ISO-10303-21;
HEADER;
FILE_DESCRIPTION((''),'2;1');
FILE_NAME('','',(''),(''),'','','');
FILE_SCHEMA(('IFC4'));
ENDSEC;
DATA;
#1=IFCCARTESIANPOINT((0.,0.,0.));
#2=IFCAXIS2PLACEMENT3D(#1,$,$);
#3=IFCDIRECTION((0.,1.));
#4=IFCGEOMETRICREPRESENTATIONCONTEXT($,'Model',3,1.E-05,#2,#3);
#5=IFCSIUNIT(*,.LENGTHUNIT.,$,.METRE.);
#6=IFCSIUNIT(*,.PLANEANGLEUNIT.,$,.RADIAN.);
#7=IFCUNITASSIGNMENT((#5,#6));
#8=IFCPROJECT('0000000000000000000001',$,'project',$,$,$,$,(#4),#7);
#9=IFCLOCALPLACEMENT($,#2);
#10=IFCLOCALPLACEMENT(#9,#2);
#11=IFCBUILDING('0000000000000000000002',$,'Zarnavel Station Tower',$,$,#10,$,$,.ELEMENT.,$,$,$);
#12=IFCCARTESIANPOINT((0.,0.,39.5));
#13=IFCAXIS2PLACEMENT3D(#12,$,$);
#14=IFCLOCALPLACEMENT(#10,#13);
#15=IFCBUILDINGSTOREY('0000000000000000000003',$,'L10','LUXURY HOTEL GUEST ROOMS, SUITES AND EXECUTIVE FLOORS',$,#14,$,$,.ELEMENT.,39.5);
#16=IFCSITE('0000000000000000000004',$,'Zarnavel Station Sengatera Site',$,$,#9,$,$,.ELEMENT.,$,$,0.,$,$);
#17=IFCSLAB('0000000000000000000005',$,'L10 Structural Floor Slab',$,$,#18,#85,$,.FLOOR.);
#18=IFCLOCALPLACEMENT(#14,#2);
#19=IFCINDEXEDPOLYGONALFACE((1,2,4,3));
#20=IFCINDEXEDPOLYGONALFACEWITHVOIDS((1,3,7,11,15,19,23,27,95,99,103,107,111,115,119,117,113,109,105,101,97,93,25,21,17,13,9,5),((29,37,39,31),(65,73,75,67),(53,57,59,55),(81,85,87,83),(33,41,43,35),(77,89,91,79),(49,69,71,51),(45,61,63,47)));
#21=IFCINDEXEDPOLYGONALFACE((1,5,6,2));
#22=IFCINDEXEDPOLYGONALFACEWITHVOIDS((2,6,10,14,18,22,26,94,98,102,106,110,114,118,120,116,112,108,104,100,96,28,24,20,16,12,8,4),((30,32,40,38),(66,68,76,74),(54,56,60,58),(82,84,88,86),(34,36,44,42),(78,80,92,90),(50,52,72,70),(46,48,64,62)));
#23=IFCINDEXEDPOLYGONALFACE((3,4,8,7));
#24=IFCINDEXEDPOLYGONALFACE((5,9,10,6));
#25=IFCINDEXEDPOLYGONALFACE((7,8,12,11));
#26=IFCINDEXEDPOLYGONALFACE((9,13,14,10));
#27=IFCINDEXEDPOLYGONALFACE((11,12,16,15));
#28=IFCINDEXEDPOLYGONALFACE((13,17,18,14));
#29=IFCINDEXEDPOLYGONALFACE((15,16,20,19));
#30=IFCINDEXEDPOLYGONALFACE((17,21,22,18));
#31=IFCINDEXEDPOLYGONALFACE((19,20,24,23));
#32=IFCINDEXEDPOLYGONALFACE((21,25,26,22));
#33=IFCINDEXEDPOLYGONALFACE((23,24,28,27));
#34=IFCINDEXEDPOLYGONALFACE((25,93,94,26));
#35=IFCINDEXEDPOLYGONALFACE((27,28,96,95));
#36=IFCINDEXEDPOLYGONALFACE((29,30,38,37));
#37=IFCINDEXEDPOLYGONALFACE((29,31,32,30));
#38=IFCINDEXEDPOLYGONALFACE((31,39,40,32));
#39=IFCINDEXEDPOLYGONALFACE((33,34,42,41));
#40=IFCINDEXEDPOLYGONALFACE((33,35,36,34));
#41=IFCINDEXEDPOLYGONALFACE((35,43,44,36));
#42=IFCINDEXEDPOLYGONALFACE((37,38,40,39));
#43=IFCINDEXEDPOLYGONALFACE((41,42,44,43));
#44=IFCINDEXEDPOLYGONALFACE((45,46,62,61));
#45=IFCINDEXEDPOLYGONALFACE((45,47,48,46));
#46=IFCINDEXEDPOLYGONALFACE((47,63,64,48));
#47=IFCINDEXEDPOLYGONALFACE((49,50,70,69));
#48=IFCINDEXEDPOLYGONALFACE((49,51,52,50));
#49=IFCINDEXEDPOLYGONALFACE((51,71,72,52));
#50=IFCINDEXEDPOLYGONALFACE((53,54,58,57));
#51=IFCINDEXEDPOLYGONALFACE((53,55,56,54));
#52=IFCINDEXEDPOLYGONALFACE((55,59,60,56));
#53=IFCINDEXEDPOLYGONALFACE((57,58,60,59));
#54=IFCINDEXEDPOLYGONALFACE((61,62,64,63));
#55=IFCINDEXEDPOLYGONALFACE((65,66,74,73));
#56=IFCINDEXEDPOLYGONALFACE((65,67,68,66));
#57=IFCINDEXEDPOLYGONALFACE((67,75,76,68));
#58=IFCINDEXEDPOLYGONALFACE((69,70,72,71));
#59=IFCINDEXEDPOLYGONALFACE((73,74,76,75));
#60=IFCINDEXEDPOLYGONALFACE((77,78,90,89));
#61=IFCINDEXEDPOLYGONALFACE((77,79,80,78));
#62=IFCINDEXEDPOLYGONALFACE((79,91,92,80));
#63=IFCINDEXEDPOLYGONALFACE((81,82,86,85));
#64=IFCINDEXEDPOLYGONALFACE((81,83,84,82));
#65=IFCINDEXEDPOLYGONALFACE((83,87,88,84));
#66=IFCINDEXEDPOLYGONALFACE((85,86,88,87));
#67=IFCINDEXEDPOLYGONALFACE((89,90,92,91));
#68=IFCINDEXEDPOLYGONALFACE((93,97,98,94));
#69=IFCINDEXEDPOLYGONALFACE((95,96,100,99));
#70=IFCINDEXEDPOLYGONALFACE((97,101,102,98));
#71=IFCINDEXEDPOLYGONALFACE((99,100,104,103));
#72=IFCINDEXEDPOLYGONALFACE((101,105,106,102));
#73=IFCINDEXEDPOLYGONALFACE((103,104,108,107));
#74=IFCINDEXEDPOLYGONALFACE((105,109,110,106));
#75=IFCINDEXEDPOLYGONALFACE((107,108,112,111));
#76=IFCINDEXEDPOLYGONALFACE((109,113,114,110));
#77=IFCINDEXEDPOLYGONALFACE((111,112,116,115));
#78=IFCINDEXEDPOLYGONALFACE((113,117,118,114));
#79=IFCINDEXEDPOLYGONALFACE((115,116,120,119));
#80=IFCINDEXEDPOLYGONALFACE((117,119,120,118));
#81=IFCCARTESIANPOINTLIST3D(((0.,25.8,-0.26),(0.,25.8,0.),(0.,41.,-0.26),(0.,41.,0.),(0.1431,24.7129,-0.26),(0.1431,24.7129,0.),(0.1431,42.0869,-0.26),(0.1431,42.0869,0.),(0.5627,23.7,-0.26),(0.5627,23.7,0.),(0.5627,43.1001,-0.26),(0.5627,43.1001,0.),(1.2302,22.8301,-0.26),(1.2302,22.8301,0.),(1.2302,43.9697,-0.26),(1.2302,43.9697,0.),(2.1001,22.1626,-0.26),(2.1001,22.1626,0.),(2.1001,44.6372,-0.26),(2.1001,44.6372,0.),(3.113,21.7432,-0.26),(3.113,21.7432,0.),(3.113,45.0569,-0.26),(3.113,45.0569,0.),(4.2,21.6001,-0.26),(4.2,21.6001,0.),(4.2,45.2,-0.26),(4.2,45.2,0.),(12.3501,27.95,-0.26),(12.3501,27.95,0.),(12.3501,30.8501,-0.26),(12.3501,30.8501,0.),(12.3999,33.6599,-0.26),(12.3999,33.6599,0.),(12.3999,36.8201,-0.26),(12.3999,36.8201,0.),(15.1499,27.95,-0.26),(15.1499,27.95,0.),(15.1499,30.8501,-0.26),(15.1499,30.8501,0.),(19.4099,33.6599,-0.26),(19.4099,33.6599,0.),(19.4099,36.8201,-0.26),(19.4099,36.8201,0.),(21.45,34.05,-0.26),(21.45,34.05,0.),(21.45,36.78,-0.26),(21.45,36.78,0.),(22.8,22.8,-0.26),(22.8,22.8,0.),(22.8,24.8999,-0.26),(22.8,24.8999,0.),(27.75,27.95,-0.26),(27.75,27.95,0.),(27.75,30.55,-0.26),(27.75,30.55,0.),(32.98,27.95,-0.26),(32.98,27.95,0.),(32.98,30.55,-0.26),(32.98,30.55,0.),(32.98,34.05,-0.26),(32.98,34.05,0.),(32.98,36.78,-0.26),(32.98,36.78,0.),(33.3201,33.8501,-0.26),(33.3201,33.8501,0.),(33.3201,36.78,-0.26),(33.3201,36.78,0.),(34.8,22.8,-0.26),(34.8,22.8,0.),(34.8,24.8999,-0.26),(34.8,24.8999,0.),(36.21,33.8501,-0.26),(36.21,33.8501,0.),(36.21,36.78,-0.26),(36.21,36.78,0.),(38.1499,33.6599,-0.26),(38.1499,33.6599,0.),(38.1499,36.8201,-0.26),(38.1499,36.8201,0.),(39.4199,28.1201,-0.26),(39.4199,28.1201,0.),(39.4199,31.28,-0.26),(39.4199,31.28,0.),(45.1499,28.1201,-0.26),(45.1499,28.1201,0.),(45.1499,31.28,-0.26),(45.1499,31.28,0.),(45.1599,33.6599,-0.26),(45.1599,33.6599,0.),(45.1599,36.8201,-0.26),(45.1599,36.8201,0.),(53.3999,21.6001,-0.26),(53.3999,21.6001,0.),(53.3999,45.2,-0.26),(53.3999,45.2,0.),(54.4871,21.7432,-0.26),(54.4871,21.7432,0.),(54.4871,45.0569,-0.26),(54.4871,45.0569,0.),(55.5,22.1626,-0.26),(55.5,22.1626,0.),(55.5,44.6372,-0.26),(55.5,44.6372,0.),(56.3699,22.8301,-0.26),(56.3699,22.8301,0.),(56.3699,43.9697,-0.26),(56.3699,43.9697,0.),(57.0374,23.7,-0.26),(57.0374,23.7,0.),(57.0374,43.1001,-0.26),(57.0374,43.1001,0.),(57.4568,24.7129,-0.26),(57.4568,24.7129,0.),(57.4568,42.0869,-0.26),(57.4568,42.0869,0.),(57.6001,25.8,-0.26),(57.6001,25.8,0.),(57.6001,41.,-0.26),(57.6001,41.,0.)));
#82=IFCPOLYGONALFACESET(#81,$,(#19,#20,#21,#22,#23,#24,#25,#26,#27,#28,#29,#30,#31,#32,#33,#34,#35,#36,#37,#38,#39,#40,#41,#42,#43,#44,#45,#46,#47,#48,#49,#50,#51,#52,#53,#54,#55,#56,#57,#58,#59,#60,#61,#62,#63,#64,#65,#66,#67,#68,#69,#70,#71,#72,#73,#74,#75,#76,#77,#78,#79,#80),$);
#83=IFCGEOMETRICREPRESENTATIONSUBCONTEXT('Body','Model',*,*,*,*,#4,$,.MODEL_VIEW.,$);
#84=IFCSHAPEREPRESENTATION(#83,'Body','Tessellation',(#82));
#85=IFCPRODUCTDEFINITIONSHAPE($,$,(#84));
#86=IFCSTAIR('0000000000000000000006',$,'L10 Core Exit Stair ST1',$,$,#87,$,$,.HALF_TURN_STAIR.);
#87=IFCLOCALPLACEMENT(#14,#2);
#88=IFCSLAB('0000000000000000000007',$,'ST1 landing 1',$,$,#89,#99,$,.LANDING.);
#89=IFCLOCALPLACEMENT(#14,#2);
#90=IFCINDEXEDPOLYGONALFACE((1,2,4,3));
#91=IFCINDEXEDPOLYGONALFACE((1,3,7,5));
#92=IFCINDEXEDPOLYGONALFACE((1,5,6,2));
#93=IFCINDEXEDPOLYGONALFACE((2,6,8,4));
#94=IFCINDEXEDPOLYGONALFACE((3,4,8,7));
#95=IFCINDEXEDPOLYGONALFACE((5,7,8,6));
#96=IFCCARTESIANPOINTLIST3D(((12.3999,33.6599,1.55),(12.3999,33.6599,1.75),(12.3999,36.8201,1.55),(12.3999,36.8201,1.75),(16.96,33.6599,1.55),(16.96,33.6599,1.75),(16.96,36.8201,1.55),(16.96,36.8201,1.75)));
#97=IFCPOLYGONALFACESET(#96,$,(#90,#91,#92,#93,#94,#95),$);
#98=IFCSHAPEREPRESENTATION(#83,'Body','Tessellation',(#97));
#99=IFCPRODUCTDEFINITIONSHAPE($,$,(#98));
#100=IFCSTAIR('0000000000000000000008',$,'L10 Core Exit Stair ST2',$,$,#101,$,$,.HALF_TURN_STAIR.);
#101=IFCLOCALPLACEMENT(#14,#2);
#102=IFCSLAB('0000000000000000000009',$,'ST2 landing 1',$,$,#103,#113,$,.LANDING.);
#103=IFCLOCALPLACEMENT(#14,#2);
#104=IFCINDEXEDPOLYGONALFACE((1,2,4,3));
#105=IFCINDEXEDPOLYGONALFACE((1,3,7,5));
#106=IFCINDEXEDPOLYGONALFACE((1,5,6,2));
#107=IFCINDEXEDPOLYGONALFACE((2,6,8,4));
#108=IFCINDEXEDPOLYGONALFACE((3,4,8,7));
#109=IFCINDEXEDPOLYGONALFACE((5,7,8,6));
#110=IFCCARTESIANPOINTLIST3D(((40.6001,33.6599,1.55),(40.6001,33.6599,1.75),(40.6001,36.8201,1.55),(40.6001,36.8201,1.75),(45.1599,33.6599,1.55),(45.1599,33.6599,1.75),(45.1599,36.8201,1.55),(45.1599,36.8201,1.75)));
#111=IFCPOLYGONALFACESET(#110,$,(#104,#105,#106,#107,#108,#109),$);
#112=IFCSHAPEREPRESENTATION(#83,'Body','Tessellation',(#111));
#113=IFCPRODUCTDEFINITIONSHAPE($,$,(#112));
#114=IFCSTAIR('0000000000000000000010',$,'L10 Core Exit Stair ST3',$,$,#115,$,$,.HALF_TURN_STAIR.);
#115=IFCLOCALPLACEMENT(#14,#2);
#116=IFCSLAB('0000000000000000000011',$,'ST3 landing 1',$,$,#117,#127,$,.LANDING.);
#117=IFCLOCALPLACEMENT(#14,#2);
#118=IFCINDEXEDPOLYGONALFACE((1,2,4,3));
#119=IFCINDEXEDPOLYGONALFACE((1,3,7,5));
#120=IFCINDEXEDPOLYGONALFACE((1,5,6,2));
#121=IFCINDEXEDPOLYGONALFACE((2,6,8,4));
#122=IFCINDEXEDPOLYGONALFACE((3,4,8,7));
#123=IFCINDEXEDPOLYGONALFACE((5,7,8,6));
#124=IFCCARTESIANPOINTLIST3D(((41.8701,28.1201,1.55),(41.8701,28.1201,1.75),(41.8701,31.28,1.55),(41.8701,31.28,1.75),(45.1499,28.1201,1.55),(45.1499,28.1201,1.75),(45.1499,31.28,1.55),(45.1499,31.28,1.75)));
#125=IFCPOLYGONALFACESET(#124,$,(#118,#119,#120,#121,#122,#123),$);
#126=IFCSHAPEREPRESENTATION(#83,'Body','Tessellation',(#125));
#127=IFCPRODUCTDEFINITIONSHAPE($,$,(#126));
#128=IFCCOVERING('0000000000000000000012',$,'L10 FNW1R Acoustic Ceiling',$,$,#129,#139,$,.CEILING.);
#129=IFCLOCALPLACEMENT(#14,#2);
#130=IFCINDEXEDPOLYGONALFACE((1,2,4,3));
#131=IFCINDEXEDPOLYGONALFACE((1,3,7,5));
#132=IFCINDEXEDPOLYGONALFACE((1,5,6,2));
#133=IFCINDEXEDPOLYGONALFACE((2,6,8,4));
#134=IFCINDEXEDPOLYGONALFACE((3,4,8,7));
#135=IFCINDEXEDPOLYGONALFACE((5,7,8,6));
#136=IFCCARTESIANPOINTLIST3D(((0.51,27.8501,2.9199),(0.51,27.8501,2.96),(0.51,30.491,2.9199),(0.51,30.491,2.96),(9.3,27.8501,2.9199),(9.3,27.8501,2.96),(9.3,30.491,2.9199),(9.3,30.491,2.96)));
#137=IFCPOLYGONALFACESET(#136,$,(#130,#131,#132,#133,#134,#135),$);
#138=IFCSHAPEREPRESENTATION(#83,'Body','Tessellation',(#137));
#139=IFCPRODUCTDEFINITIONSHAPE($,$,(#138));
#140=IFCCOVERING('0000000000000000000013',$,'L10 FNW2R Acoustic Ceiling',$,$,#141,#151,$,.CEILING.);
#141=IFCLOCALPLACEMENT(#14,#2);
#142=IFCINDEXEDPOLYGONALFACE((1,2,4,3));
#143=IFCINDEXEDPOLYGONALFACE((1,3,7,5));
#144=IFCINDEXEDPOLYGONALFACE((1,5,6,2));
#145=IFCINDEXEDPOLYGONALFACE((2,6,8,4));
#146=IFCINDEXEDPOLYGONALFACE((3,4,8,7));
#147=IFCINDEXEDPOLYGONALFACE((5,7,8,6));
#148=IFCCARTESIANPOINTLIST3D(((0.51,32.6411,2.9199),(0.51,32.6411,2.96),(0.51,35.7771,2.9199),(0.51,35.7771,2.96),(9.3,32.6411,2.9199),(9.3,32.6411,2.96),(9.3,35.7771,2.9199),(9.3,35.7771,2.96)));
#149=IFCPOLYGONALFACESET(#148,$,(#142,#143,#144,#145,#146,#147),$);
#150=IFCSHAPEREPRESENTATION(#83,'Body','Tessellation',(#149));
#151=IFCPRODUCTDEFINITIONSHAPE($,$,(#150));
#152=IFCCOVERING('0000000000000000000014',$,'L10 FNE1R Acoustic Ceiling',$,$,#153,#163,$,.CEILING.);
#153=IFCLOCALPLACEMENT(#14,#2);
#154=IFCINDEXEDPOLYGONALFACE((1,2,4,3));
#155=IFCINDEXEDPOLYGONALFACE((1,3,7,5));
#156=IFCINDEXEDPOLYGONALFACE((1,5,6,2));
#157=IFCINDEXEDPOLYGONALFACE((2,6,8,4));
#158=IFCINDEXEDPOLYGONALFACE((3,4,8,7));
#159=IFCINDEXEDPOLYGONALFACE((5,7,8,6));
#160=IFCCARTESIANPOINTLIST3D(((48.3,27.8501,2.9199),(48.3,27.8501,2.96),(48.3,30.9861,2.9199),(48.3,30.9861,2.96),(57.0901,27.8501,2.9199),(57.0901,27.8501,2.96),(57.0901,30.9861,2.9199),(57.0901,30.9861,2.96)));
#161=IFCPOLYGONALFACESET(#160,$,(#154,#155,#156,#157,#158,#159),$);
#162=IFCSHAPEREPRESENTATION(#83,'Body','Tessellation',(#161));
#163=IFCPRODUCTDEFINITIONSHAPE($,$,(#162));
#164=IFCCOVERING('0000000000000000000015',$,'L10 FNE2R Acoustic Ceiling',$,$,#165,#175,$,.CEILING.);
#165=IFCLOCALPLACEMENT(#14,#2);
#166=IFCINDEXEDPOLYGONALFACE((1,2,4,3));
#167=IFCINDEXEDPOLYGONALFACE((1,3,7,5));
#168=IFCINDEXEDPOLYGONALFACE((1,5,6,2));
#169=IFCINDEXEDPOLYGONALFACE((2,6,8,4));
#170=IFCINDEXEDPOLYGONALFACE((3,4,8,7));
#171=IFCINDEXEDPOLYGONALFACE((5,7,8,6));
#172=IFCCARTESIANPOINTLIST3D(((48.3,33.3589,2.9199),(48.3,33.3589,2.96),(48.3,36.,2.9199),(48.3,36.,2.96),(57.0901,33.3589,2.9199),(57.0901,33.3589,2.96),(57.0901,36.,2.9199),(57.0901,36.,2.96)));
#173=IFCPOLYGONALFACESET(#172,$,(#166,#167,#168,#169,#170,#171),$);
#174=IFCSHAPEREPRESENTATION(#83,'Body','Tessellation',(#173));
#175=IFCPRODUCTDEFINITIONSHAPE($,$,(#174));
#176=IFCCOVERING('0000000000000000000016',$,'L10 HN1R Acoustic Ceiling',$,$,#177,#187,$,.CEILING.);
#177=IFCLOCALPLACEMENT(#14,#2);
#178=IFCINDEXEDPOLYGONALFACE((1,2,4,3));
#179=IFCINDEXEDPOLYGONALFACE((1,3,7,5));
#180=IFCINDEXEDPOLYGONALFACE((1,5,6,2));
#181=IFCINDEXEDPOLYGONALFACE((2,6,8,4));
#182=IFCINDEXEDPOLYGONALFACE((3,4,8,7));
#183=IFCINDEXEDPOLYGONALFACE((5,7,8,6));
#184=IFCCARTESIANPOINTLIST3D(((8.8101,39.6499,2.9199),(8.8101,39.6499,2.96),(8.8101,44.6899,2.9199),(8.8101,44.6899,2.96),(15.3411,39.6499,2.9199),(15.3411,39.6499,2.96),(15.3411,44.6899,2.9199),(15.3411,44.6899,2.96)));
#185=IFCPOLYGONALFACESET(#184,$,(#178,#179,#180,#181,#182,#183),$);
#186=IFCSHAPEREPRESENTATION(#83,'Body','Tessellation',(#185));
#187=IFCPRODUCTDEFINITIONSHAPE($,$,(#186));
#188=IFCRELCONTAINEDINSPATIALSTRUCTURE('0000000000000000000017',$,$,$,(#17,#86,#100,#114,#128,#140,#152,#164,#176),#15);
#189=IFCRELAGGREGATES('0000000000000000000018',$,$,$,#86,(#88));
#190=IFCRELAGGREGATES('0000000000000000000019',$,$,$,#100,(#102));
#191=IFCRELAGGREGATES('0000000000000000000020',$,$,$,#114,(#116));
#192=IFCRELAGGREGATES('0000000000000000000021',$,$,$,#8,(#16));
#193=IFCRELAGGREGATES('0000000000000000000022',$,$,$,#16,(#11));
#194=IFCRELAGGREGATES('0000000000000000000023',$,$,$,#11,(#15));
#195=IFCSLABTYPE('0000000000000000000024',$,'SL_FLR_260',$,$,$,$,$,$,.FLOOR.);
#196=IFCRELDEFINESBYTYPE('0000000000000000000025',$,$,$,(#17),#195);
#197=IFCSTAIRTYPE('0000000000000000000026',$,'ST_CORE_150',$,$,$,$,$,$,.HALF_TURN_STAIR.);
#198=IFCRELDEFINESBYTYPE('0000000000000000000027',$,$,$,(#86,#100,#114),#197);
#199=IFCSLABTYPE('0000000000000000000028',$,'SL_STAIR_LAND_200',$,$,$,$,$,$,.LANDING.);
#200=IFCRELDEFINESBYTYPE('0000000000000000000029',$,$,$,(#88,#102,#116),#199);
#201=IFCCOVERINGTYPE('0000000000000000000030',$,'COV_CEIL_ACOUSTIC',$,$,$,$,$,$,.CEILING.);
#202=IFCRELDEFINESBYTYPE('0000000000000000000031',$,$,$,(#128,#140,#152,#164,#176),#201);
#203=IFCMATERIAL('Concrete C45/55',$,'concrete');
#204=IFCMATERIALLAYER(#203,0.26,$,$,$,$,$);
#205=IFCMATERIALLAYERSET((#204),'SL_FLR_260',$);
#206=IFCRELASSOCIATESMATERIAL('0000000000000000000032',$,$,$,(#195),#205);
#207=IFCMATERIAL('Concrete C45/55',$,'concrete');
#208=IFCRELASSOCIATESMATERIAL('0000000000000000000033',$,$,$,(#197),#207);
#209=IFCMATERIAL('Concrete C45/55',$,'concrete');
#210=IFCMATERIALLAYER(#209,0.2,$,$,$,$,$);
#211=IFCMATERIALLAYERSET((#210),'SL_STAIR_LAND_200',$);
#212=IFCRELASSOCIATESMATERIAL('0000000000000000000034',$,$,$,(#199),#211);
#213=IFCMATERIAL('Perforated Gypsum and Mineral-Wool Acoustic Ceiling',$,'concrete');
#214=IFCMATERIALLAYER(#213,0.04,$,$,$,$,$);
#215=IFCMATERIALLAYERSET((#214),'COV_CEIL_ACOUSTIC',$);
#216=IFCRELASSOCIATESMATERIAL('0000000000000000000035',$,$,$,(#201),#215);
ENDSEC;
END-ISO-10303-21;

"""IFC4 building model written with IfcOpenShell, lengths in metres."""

from ifc_helpers import new_model, si_unit, direction, frame, origin, place, context, subcontext, project, spatial, polyline, outline, extrude, material, layer, layer_set, type_object, element, aggregate, save


model = new_model("IFC4")

# Units and contexts
model_context = context("Model", 3, precision=1e-05, world=origin(), true_north=direction((0.0, 1.0)))
body_context = subcontext(model_context, "Body", "Model", "MODEL_VIEW")
ifc_project = project(units=[si_unit("LENGTHUNIT", "METRE"), si_unit("PLANEANGLEUNIT", "RADIAN")], contexts=[model_context])

# Site, building, storey
site_placement = place(None, origin())
site = spatial("IfcSite", under=ifc_project, at=site_placement, Name="Zarnavel Station Sengatera Site", CompositionType="ELEMENT", RefElevation=0.0)
building_placement = place(site_placement, origin())
building = spatial("IfcBuilding", under=site, at=building_placement, Name="Zarnavel Station Tower", CompositionType="ELEMENT")
storey_placement = place(building_placement, frame((0.0, 0.0, 39.5)))
storey = spatial("IfcBuildingStorey", under=building, at=storey_placement, Name="L10", Description="LUXURY HOTEL GUEST ROOMS, SUITES AND EXECUTIVE FLOORS", CompositionType="ELEMENT", Elevation=39.5)

# Slab
ifc_material_1 = material(Name="Concrete C45/55", Category="concrete")
ifc_layer_1 = layer(ifc_material_1, 0.26)
ifc_layer_set_1 = layer_set([ifc_layer_1], Name="SL_FLR_260")
slab_type_1 = type_object("IfcSlabType", Name="SL_FLR_260", PredefinedType="FLOOR", material=ifc_layer_set_1)
slab_1_placement = place(storey_placement, frame((0.0, 0.0, -0.26)))
element("IfcSlab", 1, at=slab_1_placement, inside=storey, type_object=slab_type_1, Name="L10 Structural Floor Slab", PredefinedType="FLOOR", context=body_context, shape_type="SweptSolid", body=[
    extrude(outline(polyline([(53.3999, 21.6001), (54.4871, 21.7432), (55.5, 22.1626), (56.3699, 22.8301), (57.0374, 23.7), (57.4568, 24.7129), (57.6001, 25.8), (57.6001, 41.0), (57.4568, 42.0869), (57.0374, 43.1001), (56.3699, 43.9697), (55.5, 44.6372), (54.4871, 45.0569), (53.3999, 45.2), (4.2, 45.2), (3.113, 45.0569), (2.1001, 44.6372), (1.2302, 43.9697), (0.5627, 43.1001), (0.1431, 42.0869), (0.0, 41.0), (0.0, 25.8), (0.1431, 24.7129), (0.5627, 23.7), (1.2302, 22.8301), (2.1001, 22.1626), (3.113, 21.7432), (4.2, 21.6001), (53.3999, 21.6001)]), holes=[polyline([(12.3999, 33.6599), (19.4099, 33.6599), (19.4099, 36.8201), (12.3999, 36.8201), (12.3999, 33.6599)]), polyline([(38.1499, 33.6599), (45.1599, 33.6599), (45.1599, 36.8201), (38.1499, 36.8201), (38.1499, 33.6599)]), polyline([(39.4199, 28.1201), (45.1499, 28.1201), (45.1499, 31.28), (39.4199, 31.28), (39.4199, 28.1201)]), polyline([(12.3501, 27.95), (15.1499, 27.95), (15.1499, 30.8501), (12.3501, 30.8501), (12.3501, 27.95)]), polyline([(33.3201, 33.8501), (36.21, 33.8501), (36.21, 36.78), (33.3201, 36.78), (33.3201, 33.8501)]), polyline([(21.45, 34.05), (32.98, 34.05), (32.98, 36.78), (21.45, 36.78), (21.45, 34.05)]), polyline([(27.75, 27.95), (32.98, 27.95), (32.98, 30.55), (27.75, 30.55), (27.75, 27.95)]), polyline([(22.8, 22.8), (34.8, 22.8), (34.8, 24.8999), (22.8, 24.8999), (22.8, 22.8)])]), origin(), (0.0, 0.0, 1.0), 0.26),
])

# Stairs, slabs
ifc_material_2 = material(Name="Concrete C45/55", Category="concrete")
stair_type = type_object("IfcStairType", Name="ST_CORE_150", PredefinedType="HALF_TURN_STAIR", material=ifc_material_2)
stair_1_placement = place(storey_placement, origin())
stair_1 = element("IfcStair", 2, at=stair_1_placement, inside=storey, type_object=stair_type, Name="L10 Core Exit Stair ST1", PredefinedType="HALF_TURN_STAIR")
ifc_material_3 = material(Name="Concrete C45/55", Category="concrete")
ifc_layer_2 = layer(ifc_material_3, 0.2)
ifc_layer_set_2 = layer_set([ifc_layer_2], Name="SL_STAIR_LAND_200")
slab_type_2 = type_object("IfcSlabType", Name="SL_STAIR_LAND_200", PredefinedType="LANDING", material=ifc_layer_set_2)
slab_2_placement = place(storey_placement, frame((0.0, 0.0, 1.55)))
slab_2 = element("IfcSlab", 3, at=slab_2_placement, type_object=slab_type_2, Name="ST1 landing 1", PredefinedType="LANDING", context=body_context, shape_type="SweptSolid", body=[
    extrude(outline(polyline([(16.96, 36.8201), (12.3999, 36.8201), (12.3999, 33.6599), (16.96, 33.6599), (16.96, 36.8201)])), origin(), (0.0, 0.0, 1.0), 0.2),
])
aggregate(stair_1, [slab_2])
stair_2_placement = place(storey_placement, origin())
stair_2 = element("IfcStair", 4, at=stair_2_placement, inside=storey, type_object=stair_type, Name="L10 Core Exit Stair ST2", PredefinedType="HALF_TURN_STAIR")
slab_3_placement = place(storey_placement, frame((0.0, 0.0, 1.55)))
slab_3 = element("IfcSlab", 5, at=slab_3_placement, type_object=slab_type_2, Name="ST2 landing 1", PredefinedType="LANDING", context=body_context, shape_type="SweptSolid", body=[
    extrude(outline(polyline([(40.6001, 33.6599), (45.1599, 33.6599), (45.1599, 36.8201), (40.6001, 36.8201), (40.6001, 33.6599)])), origin(), (0.0, 0.0, 1.0), 0.2),
])
aggregate(stair_2, [slab_3])
stair_3_placement = place(storey_placement, origin())
stair_3 = element("IfcStair", 6, at=stair_3_placement, inside=storey, type_object=stair_type, Name="L10 Core Exit Stair ST3", PredefinedType="HALF_TURN_STAIR")
slab_4_placement = place(storey_placement, frame((0.0, 0.0, 1.55)))
slab_4 = element("IfcSlab", 7, at=slab_4_placement, type_object=slab_type_2, Name="ST3 landing 1", PredefinedType="LANDING", context=body_context, shape_type="SweptSolid", body=[
    extrude(outline(polyline([(41.8701, 28.1201), (45.1499, 28.1201), (45.1499, 31.28), (41.8701, 31.28), (41.8701, 28.1201)])), origin(), (0.0, 0.0, 1.0), 0.2),
])
aggregate(stair_3, [slab_4])

# Coverings
ifc_material_4 = material(Name="Perforated Gypsum and Mineral-Wool Acoustic Ceiling", Category="concrete")
ifc_layer_3 = layer(ifc_material_4, 0.04)
ifc_layer_set_3 = layer_set([ifc_layer_3], Name="COV_CEIL_ACOUSTIC")
covering_type_1 = type_object("IfcCoveringType", Name="COV_CEIL_ACOUSTIC", PredefinedType="CEILING", material=ifc_layer_set_3)
covering_1_placement = place(storey_placement, frame((0.0, 0.0, 2.9199)))
element("IfcCovering", 8, at=covering_1_placement, inside=storey, type_object=covering_type_1, Name="L10 FNW1R Acoustic Ceiling", PredefinedType="CEILING", context=body_context, shape_type="SweptSolid", body=[
    extrude(outline(polyline([(0.51, 27.8501), (9.3, 27.8501), (9.3, 30.491), (0.51, 30.491), (0.51, 27.8501)])), origin(), (0.0, 0.0, 1.0), 0.04),
])
covering_2_placement = place(storey_placement, frame((0.0, 0.0, 2.9199)))
element("IfcCovering", 9, at=covering_2_placement, inside=storey, type_object=covering_type_1, Name="L10 FNW2R Acoustic Ceiling", PredefinedType="CEILING", context=body_context, shape_type="SweptSolid", body=[
    extrude(outline(polyline([(0.51, 32.6411), (9.3, 32.6411), (9.3, 35.7771), (0.51, 35.7771), (0.51, 32.6411)])), origin(), (0.0, 0.0, 1.0), 0.04),
])
covering_3_placement = place(storey_placement, frame((0.0, 0.0, 2.9199)))
element("IfcCovering", 10, at=covering_3_placement, inside=storey, type_object=covering_type_1, Name="L10 FNE1R Acoustic Ceiling", PredefinedType="CEILING", context=body_context, shape_type="SweptSolid", body=[
    extrude(outline(polyline([(48.3, 27.8501), (57.0901, 27.8501), (57.0901, 30.9861), (48.3, 30.9861), (48.3, 27.8501)])), origin(), (0.0, 0.0, 1.0), 0.04),
])
covering_4_placement = place(storey_placement, frame((0.0, 0.0, 2.9199)))
element("IfcCovering", 11, at=covering_4_placement, inside=storey, type_object=covering_type_1, Name="L10 FNE2R Acoustic Ceiling", PredefinedType="CEILING", context=body_context, shape_type="SweptSolid", body=[
    extrude(outline(polyline([(48.3, 33.3589), (57.0901, 33.3589), (57.0901, 36.0), (48.3, 36.0), (48.3, 33.3589)])), origin(), (0.0, 0.0, 1.0), 0.04),
])
covering_5_placement = place(storey_placement, frame((0.0, 0.0, 2.9199)))
element("IfcCovering", 12, at=covering_5_placement, inside=storey, type_object=covering_type_1, Name="L10 HN1R Acoustic Ceiling", PredefinedType="CEILING", context=body_context, shape_type="SweptSolid", body=[
    extrude(outline(polyline([(8.8101, 39.6499), (15.3411, 39.6499), (15.3411, 44.6899), (8.8101, 44.6899), (8.8101, 39.6499)])), origin(), (0.0, 0.0, 1.0), 0.04),
])

save(model, "model.ifc")
